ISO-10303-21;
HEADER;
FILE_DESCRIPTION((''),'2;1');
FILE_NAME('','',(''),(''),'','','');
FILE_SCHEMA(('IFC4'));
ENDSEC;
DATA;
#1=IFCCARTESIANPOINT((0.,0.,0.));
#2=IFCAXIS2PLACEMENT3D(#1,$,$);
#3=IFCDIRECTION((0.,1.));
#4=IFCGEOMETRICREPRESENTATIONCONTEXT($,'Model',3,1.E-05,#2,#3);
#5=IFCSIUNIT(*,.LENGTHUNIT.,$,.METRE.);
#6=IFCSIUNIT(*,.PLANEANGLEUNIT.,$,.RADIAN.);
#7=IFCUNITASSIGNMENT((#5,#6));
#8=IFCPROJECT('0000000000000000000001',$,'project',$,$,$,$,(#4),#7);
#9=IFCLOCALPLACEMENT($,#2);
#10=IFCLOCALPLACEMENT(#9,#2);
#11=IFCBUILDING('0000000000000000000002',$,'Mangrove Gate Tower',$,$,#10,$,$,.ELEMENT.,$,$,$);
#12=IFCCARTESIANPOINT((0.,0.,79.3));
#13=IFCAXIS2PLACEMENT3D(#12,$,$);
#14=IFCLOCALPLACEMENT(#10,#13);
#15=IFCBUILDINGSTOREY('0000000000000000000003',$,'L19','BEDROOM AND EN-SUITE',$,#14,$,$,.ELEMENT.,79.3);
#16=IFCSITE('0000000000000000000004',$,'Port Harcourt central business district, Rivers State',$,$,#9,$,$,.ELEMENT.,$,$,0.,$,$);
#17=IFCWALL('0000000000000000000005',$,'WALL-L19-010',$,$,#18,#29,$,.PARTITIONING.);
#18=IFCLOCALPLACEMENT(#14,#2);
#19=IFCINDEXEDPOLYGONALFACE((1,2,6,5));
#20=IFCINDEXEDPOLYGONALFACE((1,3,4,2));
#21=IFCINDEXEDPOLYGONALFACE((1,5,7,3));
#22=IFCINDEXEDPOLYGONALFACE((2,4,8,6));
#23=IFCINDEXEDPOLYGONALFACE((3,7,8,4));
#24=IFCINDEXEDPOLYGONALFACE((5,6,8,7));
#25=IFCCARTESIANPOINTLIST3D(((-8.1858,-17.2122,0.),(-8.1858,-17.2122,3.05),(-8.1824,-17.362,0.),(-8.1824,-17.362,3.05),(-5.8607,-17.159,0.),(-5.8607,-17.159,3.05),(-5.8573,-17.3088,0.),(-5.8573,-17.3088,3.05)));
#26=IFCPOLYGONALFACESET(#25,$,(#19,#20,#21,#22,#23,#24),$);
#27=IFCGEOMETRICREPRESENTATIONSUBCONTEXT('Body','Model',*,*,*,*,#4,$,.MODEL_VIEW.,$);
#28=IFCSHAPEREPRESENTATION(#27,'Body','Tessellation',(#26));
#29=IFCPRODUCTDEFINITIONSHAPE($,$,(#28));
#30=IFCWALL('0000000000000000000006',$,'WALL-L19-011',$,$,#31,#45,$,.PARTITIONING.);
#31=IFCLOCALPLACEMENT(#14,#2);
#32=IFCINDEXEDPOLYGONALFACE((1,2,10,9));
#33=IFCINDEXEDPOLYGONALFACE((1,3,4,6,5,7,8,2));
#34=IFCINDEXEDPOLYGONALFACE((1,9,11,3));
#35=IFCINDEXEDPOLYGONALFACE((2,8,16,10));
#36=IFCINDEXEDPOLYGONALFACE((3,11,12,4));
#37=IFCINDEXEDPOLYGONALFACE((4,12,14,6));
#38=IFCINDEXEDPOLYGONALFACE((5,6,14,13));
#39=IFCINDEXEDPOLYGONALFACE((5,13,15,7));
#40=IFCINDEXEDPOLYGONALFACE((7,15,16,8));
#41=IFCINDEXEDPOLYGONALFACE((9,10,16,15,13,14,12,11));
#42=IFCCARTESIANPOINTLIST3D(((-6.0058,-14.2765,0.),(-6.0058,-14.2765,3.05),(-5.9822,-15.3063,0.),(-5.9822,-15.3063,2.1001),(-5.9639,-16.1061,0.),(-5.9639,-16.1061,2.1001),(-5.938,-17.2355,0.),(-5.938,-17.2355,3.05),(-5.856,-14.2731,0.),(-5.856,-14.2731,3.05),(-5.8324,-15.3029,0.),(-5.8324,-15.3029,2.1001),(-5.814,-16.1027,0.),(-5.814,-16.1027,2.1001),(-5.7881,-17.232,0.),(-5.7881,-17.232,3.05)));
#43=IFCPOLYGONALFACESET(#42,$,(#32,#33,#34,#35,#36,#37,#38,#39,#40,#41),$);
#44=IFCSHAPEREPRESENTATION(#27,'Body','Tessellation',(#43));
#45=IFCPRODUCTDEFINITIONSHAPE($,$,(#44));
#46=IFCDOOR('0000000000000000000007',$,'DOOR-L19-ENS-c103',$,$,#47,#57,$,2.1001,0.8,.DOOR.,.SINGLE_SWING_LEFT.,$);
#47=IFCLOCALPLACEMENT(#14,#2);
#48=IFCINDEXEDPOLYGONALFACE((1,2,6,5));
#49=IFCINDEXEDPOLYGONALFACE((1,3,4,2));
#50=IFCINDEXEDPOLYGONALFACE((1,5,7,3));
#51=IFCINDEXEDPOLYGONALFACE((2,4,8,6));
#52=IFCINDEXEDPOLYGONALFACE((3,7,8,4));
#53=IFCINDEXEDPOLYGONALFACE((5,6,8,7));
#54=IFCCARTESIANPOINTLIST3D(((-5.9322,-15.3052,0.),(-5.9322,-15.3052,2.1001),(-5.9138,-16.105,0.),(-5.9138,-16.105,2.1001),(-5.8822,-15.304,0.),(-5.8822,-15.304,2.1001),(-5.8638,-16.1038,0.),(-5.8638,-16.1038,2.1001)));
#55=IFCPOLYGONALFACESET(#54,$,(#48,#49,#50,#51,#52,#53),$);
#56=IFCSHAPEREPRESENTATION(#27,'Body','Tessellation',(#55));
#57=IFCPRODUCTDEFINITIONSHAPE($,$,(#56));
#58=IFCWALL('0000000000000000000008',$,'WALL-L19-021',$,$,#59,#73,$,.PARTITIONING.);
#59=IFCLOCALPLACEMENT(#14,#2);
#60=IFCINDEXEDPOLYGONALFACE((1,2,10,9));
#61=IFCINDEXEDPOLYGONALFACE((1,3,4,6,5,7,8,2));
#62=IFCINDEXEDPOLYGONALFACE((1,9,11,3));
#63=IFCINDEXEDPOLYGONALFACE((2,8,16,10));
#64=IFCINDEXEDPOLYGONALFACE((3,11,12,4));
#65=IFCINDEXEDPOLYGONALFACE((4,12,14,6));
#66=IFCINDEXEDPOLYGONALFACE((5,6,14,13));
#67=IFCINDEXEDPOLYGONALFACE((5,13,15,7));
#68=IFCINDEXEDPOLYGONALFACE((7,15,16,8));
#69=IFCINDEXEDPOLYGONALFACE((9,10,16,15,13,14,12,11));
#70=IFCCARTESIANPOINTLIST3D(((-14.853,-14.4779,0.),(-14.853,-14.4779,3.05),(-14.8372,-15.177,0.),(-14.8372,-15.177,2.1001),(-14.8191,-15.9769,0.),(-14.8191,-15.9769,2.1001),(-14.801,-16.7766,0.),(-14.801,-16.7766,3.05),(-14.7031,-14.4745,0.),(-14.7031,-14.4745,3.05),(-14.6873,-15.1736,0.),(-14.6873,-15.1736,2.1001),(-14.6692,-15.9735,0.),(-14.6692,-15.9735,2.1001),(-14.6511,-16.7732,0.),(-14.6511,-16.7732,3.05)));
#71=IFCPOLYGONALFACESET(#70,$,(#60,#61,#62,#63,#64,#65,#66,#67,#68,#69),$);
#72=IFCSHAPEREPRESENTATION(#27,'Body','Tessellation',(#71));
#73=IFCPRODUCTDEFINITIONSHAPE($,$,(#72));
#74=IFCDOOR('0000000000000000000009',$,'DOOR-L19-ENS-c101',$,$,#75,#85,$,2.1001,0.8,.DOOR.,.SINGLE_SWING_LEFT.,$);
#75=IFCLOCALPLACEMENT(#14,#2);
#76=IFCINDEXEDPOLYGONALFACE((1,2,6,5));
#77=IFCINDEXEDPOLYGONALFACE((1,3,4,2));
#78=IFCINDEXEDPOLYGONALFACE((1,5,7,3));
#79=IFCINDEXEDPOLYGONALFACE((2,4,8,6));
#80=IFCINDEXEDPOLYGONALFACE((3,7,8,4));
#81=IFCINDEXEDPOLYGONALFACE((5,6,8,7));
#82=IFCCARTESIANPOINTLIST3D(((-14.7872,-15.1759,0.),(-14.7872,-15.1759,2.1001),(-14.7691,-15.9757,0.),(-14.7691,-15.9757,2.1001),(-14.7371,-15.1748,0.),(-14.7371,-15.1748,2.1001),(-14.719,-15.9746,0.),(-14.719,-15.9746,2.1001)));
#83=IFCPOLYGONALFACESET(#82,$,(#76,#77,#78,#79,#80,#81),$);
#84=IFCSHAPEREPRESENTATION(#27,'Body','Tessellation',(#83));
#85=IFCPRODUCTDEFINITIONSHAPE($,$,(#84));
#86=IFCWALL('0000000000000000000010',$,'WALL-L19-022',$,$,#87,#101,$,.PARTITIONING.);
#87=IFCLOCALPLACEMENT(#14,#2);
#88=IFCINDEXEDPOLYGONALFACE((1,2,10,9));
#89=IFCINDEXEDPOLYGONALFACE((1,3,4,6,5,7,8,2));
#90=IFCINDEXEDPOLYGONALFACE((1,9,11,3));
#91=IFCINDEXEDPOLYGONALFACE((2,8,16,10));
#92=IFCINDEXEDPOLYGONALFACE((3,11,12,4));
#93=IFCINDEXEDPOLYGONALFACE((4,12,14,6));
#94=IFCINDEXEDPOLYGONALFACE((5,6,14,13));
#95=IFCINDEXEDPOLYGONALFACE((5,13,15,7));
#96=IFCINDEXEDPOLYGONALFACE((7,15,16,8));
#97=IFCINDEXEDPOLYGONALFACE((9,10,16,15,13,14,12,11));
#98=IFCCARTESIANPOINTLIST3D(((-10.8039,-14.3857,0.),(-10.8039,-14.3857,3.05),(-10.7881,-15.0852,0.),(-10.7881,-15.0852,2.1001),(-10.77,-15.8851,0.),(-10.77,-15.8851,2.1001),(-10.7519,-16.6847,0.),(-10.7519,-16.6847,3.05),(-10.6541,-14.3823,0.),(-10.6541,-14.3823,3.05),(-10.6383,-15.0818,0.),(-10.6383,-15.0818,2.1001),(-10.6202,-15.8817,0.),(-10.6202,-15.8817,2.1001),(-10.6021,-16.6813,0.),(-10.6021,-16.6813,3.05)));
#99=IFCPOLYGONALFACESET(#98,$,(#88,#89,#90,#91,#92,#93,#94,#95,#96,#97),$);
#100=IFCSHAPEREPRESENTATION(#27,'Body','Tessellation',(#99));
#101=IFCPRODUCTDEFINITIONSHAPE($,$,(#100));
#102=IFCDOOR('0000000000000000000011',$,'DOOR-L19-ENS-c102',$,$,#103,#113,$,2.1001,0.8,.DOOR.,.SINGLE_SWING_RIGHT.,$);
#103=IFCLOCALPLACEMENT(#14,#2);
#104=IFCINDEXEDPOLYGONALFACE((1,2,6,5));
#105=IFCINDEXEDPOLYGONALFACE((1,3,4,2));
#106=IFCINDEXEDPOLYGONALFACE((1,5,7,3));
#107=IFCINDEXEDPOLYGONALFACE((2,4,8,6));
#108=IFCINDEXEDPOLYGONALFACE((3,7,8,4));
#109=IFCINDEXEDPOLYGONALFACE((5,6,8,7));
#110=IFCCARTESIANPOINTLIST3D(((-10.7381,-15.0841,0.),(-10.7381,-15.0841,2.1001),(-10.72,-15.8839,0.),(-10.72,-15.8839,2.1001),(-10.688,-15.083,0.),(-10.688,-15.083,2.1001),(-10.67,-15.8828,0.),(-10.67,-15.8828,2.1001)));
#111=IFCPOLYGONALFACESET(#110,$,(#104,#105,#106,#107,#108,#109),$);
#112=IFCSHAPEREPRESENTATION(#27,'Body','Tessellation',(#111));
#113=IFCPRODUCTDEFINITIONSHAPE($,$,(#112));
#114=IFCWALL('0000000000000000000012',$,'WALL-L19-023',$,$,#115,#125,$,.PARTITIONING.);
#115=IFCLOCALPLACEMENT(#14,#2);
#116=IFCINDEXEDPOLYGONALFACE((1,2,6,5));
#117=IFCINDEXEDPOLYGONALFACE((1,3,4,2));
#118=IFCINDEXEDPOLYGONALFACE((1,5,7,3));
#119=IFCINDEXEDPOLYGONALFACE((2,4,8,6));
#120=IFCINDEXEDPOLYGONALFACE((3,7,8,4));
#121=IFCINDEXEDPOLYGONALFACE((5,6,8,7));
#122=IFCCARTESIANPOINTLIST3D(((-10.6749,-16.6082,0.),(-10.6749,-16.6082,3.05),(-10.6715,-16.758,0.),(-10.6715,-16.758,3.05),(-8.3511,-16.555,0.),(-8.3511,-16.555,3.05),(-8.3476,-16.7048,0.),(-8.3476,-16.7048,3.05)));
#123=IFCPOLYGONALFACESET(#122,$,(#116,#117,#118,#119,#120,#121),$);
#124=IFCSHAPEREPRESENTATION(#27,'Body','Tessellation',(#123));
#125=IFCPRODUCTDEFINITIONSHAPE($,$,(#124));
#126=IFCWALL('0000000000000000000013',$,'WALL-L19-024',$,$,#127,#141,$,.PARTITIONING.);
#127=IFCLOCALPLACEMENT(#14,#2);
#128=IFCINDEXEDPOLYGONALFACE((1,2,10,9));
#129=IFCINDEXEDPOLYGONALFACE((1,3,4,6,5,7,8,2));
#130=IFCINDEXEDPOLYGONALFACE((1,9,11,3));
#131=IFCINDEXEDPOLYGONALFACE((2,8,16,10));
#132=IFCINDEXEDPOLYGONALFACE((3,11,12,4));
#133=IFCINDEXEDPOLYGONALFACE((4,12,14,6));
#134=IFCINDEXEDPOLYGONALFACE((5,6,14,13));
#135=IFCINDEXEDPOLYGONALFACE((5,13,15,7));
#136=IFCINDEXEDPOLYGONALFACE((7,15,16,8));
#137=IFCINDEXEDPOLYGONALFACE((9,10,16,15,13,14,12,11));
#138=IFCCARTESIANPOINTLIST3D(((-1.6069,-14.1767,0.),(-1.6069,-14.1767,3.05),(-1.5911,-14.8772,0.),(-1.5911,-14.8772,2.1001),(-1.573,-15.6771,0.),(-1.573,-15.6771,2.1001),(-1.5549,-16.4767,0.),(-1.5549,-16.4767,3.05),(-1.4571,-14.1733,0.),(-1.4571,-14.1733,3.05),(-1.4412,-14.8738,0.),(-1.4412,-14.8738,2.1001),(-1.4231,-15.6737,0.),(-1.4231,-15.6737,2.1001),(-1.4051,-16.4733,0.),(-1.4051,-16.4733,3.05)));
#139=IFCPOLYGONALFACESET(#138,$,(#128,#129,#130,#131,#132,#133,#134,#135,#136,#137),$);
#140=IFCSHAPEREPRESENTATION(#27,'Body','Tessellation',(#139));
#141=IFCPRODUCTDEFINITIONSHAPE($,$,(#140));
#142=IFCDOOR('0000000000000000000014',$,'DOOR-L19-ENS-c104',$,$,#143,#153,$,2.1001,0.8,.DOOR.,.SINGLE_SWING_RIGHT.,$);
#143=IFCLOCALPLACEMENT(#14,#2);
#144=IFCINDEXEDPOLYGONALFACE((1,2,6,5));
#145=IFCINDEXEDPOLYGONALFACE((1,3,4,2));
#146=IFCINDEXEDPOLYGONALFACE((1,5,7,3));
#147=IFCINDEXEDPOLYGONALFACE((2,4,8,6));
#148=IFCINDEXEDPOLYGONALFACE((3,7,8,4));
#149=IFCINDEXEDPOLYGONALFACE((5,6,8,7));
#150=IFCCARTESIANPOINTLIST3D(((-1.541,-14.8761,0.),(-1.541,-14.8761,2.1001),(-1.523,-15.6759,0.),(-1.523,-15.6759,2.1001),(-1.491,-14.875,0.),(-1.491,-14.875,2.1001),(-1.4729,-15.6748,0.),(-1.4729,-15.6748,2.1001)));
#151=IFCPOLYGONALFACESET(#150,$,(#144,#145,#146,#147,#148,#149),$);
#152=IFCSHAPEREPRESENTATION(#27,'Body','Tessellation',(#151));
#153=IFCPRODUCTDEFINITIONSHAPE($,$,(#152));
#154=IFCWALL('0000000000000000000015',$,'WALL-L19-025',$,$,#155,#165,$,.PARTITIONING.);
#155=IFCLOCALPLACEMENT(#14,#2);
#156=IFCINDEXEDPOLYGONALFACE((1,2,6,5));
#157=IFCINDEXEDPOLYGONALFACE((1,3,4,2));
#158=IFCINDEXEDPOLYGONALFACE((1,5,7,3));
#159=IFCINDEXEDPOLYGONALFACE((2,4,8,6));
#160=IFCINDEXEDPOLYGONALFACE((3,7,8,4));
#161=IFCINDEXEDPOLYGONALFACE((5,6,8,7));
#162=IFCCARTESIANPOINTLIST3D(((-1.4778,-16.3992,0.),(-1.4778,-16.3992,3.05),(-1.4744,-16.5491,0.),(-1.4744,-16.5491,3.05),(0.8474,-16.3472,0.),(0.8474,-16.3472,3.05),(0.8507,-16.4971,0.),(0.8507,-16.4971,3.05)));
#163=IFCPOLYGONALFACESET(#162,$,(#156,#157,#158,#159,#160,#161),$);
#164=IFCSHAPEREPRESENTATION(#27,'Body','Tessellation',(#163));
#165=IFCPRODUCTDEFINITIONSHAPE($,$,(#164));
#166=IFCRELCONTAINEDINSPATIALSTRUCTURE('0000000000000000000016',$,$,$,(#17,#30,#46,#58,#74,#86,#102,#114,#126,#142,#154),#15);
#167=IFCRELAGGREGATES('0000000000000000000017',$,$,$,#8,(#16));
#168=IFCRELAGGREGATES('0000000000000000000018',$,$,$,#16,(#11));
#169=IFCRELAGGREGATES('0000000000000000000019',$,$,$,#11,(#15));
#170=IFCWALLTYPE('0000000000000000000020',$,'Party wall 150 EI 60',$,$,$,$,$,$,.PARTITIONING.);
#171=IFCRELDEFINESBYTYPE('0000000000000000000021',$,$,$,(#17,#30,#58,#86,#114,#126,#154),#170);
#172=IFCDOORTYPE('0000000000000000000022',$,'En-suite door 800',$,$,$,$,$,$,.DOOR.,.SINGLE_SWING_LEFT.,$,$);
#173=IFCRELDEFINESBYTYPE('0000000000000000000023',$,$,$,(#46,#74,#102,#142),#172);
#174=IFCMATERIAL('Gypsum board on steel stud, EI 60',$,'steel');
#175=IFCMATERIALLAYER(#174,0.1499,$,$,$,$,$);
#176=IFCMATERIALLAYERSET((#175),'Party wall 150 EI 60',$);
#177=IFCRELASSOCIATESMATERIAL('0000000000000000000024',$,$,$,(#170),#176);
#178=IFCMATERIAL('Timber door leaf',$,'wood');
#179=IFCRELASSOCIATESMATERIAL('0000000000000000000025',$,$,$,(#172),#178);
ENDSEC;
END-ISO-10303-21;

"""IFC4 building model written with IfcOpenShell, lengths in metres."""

from ifc_helpers import new_model, si_unit, direction, frame, frame_2d, origin, place, context, subcontext, project, spatial, rectangle, extrude, material, layer, layer_set, type_object, element, fill, save


model = new_model("IFC4")

# Units and contexts
model_context = context("Model", 3, precision=1e-05, world=origin(), true_north=direction((0.0, 1.0)))
body_context = subcontext(model_context, "Body", "Model", "MODEL_VIEW")
ifc_project = project(units=[si_unit("LENGTHUNIT", "METRE"), si_unit("PLANEANGLEUNIT", "RADIAN")], contexts=[model_context])

# Site, building, storey
site_placement = place(None, origin())
site = spatial("IfcSite", under=ifc_project, at=site_placement, Name="Port Harcourt central business district, Rivers State", CompositionType="ELEMENT", RefElevation=0.0)
building_placement = place(site_placement, origin())
building = spatial("IfcBuilding", under=site, at=building_placement, Name="Mangrove Gate Tower", CompositionType="ELEMENT")
storey_placement = place(building_placement, frame((0.0, 0.0, 79.3)))
storey = spatial("IfcBuildingStorey", under=building, at=storey_placement, Name="L19", Description="BEDROOM AND EN-SUITE", CompositionType="ELEMENT", Elevation=79.3)

# Wall
ifc_material_1 = material(Name="Gypsum board on steel stud, EI 60", Category="steel")
ifc_layer_1 = layer(ifc_material_1, 0.1499)
ifc_layer_set_1 = layer_set([ifc_layer_1], Name="Party wall 150 EI 60")
wall_type_1 = type_object("IfcWallType", Name="Party wall 150 EI 60", PredefinedType="PARTITIONING", material=ifc_layer_set_1)
wall_1_placement = place(storey_placement, frame((-8.1841, -17.2871, 0.0), z_axis=(0.0, 0.0, 1.0), x_axis=(0.999738, 0.022884, 0.0)))
element("IfcWall", 1, at=wall_1_placement, inside=storey, type_object=wall_type_1, Name="WALL-L19-010", PredefinedType="PARTITIONING", context=body_context, shape_type="SweptSolid", body=[
    extrude(rectangle(XDim=2.3257, YDim=0.1499, at=frame_2d((1.1628, 0.0))), origin(), (0.0, 0.0, 1.0), 3.05),
])

# Walls, openings, doors
wall_2_placement = place(storey_placement, frame((-5.863, -17.2339, 0.0), z_axis=(0.0, 0.0, 1.0), x_axis=(-0.022931, 0.999737, 0.0)))
wall_2 = element("IfcWall", 2, at=wall_2_placement, inside=storey, type_object=wall_type_1, Name="WALL-L19-011", PredefinedType="PARTITIONING", context=body_context, shape_type="SweptSolid", body=[
    extrude(rectangle(XDim=2.9597, YDim=0.1499, at=frame_2d((1.48, 0.0))), origin(), (0.0, 0.0, 1.0), 3.05),
])
opening_1_placement = place(wall_2_placement, frame((1.1299, 0.0, 0.0)))
opening_1 = element("IfcOpeningElement", 3, at=opening_1_placement, cuts=wall_2, PredefinedType="OPENING", context=body_context, shape_type="SweptSolid", body=[
    extrude(rectangle(XDim=0.8, YDim=2.1001, at=frame_2d((0.3999, 1.05))), frame((0.0, 0.085, 0.0), z_axis=(0.0, -1.0, 0.0), x_axis=(1.0, 0.0, 0.0)), (0.0, 0.0, 1.0), 0.1699),
])
ifc_material_2 = material(Name="Timber door leaf", Category="wood")
door_type_1 = type_object("IfcDoorType", Name="En-suite door 800", OperationType="SINGLE_SWING_LEFT", PredefinedType="DOOR", material=ifc_material_2)
door_1_placement = place(opening_1_placement, origin())
door_1 = element("IfcDoor", 4, at=door_1_placement, inside=storey, type_object=door_type_1, Name="DOOR-L19-ENS-c103", OperationType="SINGLE_SWING_LEFT", OverallHeight=2.1001, OverallWidth=0.8, PredefinedType="DOOR", context=body_context, shape_type="SweptSolid", body=[
    extrude(rectangle(XDim=0.8, YDim=2.1001, at=frame_2d((0.3999, 1.05))), frame((0.0, 0.0249, 0.0), z_axis=(0.0, -1.0, 0.0), x_axis=(1.0, 0.0, 0.0)), (0.0, 0.0, 1.0), 0.05),
])
fill(opening_1, door_1)
wall_3_placement = place(storey_placement, frame((-14.7261, -16.7749, 0.0), z_axis=(0.0, 0.0, 1.0), x_axis=(-0.022615, 0.999744, 0.0)))
wall_3 = element("IfcWall", 5, at=wall_3_placement, inside=storey, type_object=wall_type_1, Name="WALL-L19-021", PredefinedType="PARTITIONING", context=body_context, shape_type="SweptSolid", body=[
    extrude(rectangle(XDim=2.2993, YDim=0.1499, at=frame_2d((1.1497, 0.0))), origin(), (0.0, 0.0, 1.0), 3.05),
])
opening_2_placement = place(wall_3_placement, frame((0.8, 0.0, 0.0)))
opening_2 = element("IfcOpeningElement", 6, at=opening_2_placement, cuts=wall_3, PredefinedType="OPENING", context=body_context, shape_type="SweptSolid", body=[
    extrude(rectangle(XDim=0.8, YDim=2.1001, at=frame_2d((0.3999, 1.05))), frame((0.0, 0.085, 0.0), z_axis=(0.0, -1.0, 0.0), x_axis=(1.0, 0.0, 0.0)), (0.0, 0.0, 1.0), 0.1699),
])
door_2_placement = place(opening_2_placement, origin())
door_2 = element("IfcDoor", 7, at=door_2_placement, inside=storey, type_object=door_type_1, Name="DOOR-L19-ENS-c101", OperationType="SINGLE_SWING_LEFT", OverallHeight=2.1001, OverallWidth=0.8, PredefinedType="DOOR", context=body_context, shape_type="SweptSolid", body=[
    extrude(rectangle(XDim=0.8, YDim=2.1001, at=frame_2d((0.3999, 1.05))), frame((0.0, 0.0249, 0.0), z_axis=(0.0, -1.0, 0.0), x_axis=(1.0, 0.0, 0.0)), (0.0, 0.0, 1.0), 0.05),
])
fill(opening_2, door_2)
wall_4_placement = place(storey_placement, frame((-10.677, -16.6831, 0.0), z_axis=(0.0, 0.0, 1.0), x_axis=(-0.022613, 0.999744, 0.0)))
wall_4 = element("IfcWall", 8, at=wall_4_placement, inside=storey, type_object=wall_type_1, Name="WALL-L19-022", PredefinedType="PARTITIONING", context=body_context, shape_type="SweptSolid", body=[
    extrude(rectangle(XDim=2.2996, YDim=0.1499, at=frame_2d((1.1499, 0.0))), origin(), (0.0, 0.0, 1.0), 3.05),
])
opening_3_placement = place(wall_4_placement, frame((0.8, 0.0, 0.0)))
opening_3 = element("IfcOpeningElement", 9, at=opening_3_placement, cuts=wall_4, PredefinedType="OPENING", context=body_context, shape_type="SweptSolid", body=[
    extrude(rectangle(XDim=0.8, YDim=2.1001, at=frame_2d((0.3999, 1.05))), frame((0.0, 0.085, 0.0), z_axis=(0.0, -1.0, 0.0), x_axis=(1.0, 0.0, 0.0)), (0.0, 0.0, 1.0), 0.1699),
])
door_3_placement = place(opening_3_placement, origin())
door_3 = element("IfcDoor", 10, at=door_3_placement, inside=storey, type_object=door_type_1, Name="DOOR-L19-ENS-c102", OperationType="SINGLE_SWING_RIGHT", OverallHeight=2.1001, OverallWidth=0.8, PredefinedType="DOOR", context=body_context, shape_type="SweptSolid", body=[
    extrude(rectangle(XDim=0.8, YDim=2.1001, at=frame_2d((0.3999, 1.05))), frame((0.0, 0.0249, 0.0), z_axis=(0.0, -1.0, 0.0), x_axis=(1.0, 0.0, 0.0)), (0.0, 0.0, 1.0), 0.05),
])
fill(opening_3, door_3)

# Wall
wall_5_placement = place(storey_placement, frame((-10.6731, -16.6831, 0.0), z_axis=(0.0, 0.0, 1.0), x_axis=(0.999738, 0.022896, 0.0)))
element("IfcWall", 11, at=wall_5_placement, inside=storey, type_object=wall_type_1, Name="WALL-L19-023", PredefinedType="PARTITIONING", context=body_context, shape_type="SweptSolid", body=[
    extrude(rectangle(XDim=2.3245, YDim=0.1499, at=frame_2d((1.1621, 0.0))), origin(), (0.0, 0.0, 1.0), 3.05),
])

# Wall, opening, door
wall_6_placement = place(storey_placement, frame((-1.48, -16.4751, 0.0), z_axis=(0.0, 0.0, 1.0), x_axis=(-0.022603, 0.999745, 0.0)))
wall_6 = element("IfcWall", 12, at=wall_6_placement, inside=storey, type_object=wall_type_1, Name="WALL-L19-024", PredefinedType="PARTITIONING", context=body_context, shape_type="SweptSolid", body=[
    extrude(rectangle(XDim=2.3005, YDim=0.1499, at=frame_2d((1.1504, 0.0))), origin(), (0.0, 0.0, 1.0), 3.05),
])
opening_4_placement = place(wall_6_placement, frame((0.8, 0.0, 0.0)))
opening_4 = element("IfcOpeningElement", 13, at=opening_4_placement, cuts=wall_6, PredefinedType="OPENING", context=body_context, shape_type="SweptSolid", body=[
    extrude(rectangle(XDim=0.8, YDim=2.1001, at=frame_2d((0.3999, 1.05))), frame((0.0, 0.085, 0.0), z_axis=(0.0, -1.0, 0.0), x_axis=(1.0, 0.0, 0.0)), (0.0, 0.0, 1.0), 0.1699),
])
door_4_placement = place(opening_4_placement, origin())
door_4 = element("IfcDoor", 14, at=door_4_placement, inside=storey, type_object=door_type_1, Name="DOOR-L19-ENS-c104", OperationType="SINGLE_SWING_RIGHT", OverallHeight=2.1001, OverallWidth=0.8, PredefinedType="DOOR", context=body_context, shape_type="SweptSolid", body=[
    extrude(rectangle(XDim=0.8, YDim=2.1001, at=frame_2d((0.3999, 1.05))), frame((0.0, 0.0249, 0.0), z_axis=(0.0, -1.0, 0.0), x_axis=(1.0, 0.0, 0.0)), (0.0, 0.0, 1.0), 0.05),
])
fill(opening_4, door_4)

# Wall
wall_7_placement = place(storey_placement, frame((-1.4761, -16.4741, 0.0), z_axis=(0.0, 0.0, 1.0), x_axis=(0.99975, 0.022359, 0.0)))
element("IfcWall", 15, at=wall_7_placement, inside=storey, type_object=wall_type_1, Name="WALL-L19-025", PredefinedType="PARTITIONING", context=body_context, shape_type="SweptSolid", body=[
    extrude(rectangle(XDim=2.3257, YDim=0.1499, at=frame_2d((1.1628, 0.0))), origin(), (0.0, 0.0, 1.0), 3.05),
])

save(model, "model.ifc")
